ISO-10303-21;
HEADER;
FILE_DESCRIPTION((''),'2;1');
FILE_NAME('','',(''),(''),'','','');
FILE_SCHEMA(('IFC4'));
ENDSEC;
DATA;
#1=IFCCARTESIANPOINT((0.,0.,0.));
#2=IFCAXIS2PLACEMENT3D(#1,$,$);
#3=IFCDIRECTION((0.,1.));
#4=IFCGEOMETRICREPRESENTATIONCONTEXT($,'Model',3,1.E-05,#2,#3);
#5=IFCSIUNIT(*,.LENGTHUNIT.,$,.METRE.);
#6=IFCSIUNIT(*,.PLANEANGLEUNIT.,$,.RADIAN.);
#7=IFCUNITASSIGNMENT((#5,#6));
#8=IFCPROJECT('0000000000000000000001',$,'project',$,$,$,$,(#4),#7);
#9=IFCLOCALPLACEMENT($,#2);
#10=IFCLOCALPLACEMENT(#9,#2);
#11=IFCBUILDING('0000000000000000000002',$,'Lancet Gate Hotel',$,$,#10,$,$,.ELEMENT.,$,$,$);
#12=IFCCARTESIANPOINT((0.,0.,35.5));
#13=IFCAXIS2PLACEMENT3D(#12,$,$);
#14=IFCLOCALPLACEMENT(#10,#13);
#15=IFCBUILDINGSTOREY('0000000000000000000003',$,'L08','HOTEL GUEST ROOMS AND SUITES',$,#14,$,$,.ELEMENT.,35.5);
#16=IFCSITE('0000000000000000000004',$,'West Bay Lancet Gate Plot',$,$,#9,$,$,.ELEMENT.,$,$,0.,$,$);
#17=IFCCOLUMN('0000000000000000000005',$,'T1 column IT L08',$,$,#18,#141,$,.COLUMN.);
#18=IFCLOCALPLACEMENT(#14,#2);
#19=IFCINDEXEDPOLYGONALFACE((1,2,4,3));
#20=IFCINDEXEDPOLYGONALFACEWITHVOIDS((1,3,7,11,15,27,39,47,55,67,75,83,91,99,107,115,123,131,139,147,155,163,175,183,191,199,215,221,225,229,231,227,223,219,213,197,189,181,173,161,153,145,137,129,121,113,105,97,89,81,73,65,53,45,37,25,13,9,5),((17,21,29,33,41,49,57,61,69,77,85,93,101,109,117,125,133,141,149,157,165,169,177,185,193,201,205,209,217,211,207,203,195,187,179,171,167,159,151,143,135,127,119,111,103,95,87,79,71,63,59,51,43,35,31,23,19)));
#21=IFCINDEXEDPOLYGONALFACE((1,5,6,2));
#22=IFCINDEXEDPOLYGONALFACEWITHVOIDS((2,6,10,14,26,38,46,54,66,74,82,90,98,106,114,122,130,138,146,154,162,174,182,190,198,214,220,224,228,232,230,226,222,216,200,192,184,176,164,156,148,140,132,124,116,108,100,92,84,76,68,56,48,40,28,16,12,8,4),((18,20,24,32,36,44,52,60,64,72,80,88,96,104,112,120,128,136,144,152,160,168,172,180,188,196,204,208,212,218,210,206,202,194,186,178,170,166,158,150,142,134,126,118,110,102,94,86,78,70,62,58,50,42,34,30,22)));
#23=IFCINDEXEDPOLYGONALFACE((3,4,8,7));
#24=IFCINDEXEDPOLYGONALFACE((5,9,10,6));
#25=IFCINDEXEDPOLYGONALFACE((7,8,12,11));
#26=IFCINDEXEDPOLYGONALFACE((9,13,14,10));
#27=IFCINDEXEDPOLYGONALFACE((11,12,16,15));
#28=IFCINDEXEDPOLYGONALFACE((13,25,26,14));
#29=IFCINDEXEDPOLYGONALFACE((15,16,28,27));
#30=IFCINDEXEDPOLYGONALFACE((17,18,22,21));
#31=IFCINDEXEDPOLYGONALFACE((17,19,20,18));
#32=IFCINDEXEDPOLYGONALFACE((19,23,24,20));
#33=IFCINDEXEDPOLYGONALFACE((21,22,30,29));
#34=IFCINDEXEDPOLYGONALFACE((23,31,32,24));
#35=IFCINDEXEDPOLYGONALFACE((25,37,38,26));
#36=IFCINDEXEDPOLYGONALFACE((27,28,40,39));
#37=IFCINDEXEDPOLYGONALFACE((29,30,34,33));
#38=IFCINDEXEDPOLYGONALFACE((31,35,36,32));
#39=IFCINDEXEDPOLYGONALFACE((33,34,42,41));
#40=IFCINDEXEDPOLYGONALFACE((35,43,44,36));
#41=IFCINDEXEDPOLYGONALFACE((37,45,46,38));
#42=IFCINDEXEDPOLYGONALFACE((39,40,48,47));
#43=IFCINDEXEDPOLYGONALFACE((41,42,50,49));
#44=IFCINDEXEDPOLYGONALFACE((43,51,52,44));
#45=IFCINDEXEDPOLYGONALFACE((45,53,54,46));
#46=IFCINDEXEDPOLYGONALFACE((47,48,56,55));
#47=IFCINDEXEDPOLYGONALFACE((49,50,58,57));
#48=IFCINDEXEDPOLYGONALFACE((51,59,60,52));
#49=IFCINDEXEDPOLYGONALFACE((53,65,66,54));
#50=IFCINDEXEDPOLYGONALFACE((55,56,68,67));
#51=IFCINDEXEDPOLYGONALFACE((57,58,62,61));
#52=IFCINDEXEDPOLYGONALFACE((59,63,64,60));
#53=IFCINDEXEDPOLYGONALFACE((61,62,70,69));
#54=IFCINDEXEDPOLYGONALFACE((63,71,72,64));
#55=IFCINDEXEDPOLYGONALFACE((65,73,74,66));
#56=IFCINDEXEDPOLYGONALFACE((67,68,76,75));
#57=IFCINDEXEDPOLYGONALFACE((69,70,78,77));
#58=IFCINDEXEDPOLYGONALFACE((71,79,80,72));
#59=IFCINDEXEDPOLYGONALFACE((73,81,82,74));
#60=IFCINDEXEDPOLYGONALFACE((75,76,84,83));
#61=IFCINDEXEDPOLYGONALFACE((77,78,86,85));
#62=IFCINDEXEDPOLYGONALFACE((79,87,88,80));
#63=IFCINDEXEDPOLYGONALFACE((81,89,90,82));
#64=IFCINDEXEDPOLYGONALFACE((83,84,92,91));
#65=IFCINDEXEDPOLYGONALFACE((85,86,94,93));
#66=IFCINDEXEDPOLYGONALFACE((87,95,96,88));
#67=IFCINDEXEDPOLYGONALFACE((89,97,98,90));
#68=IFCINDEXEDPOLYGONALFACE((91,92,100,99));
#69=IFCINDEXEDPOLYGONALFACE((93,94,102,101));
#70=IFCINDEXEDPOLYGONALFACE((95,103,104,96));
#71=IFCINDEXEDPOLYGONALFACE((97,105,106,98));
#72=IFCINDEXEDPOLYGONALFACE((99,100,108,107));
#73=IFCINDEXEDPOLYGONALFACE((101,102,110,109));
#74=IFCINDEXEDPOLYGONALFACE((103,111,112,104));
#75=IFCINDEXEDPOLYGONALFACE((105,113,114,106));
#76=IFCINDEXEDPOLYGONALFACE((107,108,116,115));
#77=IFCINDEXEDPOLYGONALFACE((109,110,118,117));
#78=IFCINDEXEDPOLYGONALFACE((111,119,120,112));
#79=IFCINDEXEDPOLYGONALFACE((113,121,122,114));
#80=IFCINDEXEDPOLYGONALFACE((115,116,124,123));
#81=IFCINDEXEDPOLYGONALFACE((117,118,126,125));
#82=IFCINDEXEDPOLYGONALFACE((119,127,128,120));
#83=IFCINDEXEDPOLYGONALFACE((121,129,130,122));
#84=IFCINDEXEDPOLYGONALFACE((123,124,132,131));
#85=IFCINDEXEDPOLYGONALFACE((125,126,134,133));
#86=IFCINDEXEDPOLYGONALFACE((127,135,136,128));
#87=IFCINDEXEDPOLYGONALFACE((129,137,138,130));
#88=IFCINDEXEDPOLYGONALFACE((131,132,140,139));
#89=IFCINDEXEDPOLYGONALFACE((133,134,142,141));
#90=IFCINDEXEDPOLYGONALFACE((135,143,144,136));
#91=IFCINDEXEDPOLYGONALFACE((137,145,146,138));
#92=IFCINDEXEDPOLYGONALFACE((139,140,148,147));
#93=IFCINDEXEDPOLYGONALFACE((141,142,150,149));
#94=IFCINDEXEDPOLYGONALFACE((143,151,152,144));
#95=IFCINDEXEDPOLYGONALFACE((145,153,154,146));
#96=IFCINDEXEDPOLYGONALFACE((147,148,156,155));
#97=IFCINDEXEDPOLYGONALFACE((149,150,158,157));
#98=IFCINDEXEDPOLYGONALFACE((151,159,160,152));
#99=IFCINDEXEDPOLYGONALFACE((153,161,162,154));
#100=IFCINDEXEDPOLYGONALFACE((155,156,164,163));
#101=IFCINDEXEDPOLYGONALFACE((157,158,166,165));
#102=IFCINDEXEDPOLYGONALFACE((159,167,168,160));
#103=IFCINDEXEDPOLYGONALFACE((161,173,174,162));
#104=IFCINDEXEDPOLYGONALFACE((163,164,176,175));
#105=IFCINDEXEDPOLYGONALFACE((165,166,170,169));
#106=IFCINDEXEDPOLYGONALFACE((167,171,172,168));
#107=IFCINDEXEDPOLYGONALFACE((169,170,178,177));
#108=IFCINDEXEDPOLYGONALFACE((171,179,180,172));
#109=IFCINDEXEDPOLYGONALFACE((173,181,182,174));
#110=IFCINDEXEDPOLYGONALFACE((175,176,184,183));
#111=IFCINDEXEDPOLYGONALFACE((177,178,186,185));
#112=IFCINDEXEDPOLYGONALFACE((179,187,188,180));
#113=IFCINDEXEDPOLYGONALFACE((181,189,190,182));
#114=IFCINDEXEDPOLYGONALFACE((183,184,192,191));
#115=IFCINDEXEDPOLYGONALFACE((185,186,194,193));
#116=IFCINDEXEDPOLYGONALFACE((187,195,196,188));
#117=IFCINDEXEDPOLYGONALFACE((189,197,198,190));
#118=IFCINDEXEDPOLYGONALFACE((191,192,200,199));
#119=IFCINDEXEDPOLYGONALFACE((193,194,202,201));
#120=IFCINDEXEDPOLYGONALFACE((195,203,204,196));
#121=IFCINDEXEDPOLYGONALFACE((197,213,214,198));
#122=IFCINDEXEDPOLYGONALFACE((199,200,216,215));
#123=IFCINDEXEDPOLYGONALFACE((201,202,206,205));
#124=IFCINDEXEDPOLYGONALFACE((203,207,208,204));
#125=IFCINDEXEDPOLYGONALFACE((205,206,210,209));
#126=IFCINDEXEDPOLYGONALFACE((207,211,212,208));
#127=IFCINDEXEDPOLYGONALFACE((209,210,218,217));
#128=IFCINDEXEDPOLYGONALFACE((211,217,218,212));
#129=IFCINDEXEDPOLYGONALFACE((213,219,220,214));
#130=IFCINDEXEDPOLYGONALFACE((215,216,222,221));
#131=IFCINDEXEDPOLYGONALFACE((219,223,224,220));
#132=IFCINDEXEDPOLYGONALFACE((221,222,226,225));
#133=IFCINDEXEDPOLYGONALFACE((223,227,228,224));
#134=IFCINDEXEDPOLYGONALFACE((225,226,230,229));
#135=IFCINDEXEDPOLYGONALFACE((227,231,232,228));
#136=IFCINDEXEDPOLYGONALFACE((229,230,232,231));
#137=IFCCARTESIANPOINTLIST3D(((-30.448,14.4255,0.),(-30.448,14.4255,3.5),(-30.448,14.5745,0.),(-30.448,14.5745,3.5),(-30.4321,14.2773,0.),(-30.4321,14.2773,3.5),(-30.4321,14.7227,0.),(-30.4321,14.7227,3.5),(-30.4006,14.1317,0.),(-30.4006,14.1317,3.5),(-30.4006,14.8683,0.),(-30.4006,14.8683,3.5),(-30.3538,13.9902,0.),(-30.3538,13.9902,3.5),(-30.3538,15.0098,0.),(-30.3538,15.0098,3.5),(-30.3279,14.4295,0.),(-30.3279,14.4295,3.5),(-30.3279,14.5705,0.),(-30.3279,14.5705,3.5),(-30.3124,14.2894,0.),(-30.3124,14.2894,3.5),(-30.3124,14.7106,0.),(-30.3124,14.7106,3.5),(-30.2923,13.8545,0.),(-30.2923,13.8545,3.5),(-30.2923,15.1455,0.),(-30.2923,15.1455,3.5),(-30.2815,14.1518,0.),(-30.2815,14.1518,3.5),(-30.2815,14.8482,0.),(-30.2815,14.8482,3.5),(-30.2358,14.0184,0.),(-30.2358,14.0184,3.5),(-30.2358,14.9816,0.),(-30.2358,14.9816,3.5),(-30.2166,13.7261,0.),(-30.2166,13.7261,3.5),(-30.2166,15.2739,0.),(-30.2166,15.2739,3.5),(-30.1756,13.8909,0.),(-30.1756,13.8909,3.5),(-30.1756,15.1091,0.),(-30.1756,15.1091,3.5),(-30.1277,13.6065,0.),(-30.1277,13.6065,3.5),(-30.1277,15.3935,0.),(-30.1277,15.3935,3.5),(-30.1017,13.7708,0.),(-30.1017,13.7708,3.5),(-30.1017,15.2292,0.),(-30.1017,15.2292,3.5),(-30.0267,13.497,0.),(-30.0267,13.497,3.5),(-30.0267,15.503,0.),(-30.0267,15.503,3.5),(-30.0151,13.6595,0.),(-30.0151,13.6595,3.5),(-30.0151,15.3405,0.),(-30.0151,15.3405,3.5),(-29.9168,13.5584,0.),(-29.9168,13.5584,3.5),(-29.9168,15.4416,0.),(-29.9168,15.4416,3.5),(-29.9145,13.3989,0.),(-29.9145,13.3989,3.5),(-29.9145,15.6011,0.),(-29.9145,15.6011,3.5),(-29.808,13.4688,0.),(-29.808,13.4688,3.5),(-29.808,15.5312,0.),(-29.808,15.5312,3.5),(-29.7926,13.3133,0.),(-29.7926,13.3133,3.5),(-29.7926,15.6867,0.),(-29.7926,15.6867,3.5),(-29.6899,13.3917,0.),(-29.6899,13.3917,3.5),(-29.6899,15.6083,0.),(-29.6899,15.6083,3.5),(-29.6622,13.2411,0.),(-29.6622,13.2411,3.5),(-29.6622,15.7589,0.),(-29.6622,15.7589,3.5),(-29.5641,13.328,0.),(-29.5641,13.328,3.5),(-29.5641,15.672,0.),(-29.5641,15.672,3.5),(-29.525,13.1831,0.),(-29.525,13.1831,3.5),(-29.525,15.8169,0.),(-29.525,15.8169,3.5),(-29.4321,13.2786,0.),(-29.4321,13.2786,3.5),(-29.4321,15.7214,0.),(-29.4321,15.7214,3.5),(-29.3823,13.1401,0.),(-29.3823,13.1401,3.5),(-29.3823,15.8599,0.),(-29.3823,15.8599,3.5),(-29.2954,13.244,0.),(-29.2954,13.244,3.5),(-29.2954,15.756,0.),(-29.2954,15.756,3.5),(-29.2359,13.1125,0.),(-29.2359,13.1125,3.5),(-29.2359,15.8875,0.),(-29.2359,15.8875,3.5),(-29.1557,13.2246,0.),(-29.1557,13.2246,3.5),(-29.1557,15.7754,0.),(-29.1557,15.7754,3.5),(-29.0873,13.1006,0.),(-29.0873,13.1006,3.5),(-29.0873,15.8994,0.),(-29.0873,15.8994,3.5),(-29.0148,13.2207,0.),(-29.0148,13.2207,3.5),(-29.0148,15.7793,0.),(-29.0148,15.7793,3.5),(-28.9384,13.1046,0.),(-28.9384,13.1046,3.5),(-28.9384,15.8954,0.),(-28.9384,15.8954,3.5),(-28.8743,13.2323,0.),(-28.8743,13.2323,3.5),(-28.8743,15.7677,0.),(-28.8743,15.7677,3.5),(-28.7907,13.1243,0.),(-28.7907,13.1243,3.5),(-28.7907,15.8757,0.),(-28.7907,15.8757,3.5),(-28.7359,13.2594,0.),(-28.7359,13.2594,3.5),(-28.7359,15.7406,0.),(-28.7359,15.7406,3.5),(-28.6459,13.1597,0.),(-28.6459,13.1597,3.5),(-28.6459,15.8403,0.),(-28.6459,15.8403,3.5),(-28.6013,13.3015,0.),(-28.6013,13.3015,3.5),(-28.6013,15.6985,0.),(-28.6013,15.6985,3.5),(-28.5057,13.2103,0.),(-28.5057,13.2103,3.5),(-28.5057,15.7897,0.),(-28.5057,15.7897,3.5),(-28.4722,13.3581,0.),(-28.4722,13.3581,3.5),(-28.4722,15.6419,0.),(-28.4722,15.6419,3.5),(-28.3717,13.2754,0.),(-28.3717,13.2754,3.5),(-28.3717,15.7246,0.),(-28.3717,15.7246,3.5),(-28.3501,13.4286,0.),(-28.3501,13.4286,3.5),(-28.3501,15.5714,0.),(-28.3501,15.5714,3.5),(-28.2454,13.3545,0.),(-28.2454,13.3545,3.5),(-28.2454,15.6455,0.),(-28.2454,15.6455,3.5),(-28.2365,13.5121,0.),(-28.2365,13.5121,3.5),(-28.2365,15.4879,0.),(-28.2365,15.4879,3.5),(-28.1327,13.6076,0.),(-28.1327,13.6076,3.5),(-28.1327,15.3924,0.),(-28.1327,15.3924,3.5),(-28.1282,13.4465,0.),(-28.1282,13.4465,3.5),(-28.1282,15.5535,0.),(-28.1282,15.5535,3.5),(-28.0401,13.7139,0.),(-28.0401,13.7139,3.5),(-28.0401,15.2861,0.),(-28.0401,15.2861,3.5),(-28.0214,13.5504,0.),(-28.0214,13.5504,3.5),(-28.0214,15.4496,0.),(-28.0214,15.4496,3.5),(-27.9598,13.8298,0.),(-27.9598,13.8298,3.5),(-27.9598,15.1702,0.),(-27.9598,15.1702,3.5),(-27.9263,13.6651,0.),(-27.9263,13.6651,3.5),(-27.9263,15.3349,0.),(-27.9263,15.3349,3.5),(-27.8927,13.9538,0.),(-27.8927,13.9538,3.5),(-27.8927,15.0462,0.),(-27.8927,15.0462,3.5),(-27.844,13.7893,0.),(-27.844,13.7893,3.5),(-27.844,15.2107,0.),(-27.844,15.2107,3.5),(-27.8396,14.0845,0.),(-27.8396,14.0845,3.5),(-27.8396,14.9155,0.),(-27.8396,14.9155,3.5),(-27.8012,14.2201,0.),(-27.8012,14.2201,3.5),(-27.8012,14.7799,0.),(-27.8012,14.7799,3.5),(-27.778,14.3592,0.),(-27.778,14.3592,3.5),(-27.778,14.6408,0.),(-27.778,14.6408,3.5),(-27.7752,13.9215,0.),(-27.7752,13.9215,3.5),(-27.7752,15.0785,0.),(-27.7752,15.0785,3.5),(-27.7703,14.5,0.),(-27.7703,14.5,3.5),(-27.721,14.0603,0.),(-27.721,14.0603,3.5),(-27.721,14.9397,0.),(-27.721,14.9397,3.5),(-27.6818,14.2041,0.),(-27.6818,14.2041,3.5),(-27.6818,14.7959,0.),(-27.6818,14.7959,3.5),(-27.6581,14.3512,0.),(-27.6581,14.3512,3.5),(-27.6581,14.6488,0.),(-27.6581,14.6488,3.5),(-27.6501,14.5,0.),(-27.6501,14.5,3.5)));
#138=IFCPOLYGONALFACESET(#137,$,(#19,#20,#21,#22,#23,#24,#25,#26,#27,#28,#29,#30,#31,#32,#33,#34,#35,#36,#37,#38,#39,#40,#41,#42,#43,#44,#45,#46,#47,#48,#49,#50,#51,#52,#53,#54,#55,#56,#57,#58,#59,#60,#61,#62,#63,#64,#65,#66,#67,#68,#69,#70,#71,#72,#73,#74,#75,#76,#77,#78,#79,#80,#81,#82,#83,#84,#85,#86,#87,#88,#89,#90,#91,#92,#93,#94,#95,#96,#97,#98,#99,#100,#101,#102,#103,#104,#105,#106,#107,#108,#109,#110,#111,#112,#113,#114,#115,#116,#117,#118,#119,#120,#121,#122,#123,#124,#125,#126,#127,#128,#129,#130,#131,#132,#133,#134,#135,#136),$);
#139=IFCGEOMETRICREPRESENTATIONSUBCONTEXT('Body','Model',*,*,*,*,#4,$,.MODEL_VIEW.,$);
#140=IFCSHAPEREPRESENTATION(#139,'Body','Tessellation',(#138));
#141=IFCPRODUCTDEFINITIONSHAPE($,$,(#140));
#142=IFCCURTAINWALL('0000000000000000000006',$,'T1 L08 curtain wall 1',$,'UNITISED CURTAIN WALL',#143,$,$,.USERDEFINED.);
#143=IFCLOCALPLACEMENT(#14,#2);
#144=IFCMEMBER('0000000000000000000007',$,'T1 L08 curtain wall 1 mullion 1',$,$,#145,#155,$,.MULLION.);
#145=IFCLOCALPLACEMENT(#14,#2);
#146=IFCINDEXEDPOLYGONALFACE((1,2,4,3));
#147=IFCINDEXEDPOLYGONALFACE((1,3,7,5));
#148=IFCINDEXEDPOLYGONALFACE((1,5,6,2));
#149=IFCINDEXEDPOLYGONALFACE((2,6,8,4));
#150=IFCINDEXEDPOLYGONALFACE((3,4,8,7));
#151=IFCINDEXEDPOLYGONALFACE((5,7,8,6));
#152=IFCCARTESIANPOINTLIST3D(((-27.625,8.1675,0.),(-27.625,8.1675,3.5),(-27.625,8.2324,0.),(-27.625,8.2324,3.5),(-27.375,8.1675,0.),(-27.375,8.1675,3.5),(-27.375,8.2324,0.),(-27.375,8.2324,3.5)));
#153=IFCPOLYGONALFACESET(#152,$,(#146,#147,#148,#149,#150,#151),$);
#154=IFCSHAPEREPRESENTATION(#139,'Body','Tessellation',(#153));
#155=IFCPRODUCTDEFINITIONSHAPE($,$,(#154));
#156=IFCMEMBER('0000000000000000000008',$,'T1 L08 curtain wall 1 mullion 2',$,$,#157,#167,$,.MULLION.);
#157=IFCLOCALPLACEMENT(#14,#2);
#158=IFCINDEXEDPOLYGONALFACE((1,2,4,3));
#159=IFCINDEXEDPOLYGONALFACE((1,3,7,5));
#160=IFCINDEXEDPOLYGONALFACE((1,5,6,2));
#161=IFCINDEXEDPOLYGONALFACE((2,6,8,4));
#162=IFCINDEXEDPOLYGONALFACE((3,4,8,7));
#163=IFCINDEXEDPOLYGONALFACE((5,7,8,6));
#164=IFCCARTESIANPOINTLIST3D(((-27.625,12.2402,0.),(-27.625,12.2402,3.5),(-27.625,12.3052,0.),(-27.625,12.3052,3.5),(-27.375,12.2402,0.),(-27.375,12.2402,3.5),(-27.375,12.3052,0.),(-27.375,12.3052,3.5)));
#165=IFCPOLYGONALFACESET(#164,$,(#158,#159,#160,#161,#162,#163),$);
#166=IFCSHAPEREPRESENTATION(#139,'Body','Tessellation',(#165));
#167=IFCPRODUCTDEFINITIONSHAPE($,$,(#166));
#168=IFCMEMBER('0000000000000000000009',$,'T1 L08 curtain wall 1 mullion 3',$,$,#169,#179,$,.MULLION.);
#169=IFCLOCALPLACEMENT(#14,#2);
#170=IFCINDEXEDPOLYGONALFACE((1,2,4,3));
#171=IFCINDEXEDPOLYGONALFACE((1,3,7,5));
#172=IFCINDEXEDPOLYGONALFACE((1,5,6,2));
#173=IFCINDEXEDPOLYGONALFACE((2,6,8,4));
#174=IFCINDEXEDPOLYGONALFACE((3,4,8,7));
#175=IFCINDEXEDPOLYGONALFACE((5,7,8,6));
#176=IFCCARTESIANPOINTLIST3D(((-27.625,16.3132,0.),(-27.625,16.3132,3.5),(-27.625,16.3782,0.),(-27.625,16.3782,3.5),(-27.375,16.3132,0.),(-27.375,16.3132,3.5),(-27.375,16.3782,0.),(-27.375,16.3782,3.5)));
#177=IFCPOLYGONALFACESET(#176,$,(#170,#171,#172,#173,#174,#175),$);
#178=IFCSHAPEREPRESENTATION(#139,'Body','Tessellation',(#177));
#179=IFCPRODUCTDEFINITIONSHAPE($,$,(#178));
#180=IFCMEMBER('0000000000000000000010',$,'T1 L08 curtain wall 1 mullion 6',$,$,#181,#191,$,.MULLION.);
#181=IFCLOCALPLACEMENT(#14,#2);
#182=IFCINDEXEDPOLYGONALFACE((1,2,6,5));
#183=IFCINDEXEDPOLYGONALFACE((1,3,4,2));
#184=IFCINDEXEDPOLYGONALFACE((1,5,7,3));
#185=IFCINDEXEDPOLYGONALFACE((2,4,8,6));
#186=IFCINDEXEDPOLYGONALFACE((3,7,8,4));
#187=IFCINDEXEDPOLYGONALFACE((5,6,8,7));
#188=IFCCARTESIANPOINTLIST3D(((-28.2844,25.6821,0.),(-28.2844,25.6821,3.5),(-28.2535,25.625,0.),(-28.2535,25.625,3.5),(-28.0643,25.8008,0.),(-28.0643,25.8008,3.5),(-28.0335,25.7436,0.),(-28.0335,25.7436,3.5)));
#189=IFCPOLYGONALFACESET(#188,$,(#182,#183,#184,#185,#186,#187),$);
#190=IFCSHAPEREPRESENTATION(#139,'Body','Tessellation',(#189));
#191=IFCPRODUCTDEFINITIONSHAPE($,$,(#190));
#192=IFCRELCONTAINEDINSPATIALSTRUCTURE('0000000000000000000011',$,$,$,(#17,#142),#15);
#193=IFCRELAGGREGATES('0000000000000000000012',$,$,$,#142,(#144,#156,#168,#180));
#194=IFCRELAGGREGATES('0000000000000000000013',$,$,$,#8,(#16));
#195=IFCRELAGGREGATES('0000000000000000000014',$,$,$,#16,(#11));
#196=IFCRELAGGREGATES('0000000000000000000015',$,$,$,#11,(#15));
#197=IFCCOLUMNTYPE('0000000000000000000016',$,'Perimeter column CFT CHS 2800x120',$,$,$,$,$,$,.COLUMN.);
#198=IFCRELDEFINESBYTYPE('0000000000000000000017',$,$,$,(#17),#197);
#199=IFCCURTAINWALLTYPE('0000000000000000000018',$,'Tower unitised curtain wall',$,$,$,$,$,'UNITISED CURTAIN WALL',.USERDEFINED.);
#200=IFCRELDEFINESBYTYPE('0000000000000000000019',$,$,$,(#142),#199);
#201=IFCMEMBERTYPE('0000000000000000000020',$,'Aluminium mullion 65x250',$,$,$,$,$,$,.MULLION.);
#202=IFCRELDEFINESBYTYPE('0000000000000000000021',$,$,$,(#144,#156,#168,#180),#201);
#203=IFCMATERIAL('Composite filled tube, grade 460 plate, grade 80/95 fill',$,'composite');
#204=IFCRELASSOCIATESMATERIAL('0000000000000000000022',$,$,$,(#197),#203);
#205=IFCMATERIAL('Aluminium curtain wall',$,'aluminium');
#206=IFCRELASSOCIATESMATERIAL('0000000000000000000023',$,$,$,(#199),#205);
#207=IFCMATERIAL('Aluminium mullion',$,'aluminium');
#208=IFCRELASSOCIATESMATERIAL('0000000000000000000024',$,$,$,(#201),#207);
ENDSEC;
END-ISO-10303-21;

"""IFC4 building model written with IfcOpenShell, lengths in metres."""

from ifc_helpers import new_model, si_unit, direction, frame, origin, origin_2d, place, context, subcontext, project, spatial, rectangle, hollow_circle, extrude, material, material_profile, profile_set, type_object, element, aggregate, save


model = new_model("IFC4")

# Units and contexts
model_context = context("Model", 3, precision=1e-05, world=origin(), true_north=direction((0.0, 1.0)))
body_context = subcontext(model_context, "Body", "Model", "MODEL_VIEW")
ifc_project = project(units=[si_unit("LENGTHUNIT", "METRE"), si_unit("PLANEANGLEUNIT", "RADIAN")], contexts=[model_context])

# Site, building, storey
site_placement = place(None, origin())
site = spatial("IfcSite", under=ifc_project, at=site_placement, Name="West Bay Lancet Gate Plot", CompositionType="ELEMENT", RefElevation=0.0)
building_placement = place(site_placement, origin())
building = spatial("IfcBuilding", under=site, at=building_placement, Name="Lancet Gate Hotel", CompositionType="ELEMENT")
storey_placement = place(building_placement, frame((0.0, 0.0, 35.5)))
storey = spatial("IfcBuildingStorey", under=building, at=storey_placement, Name="L08", Description="HOTEL GUEST ROOMS AND SUITES", CompositionType="ELEMENT", Elevation=35.5)

# Column
ifc_material_1 = material(Name="Composite filled tube, grade 460 plate, grade 80/95 fill", Category="composite")
ifc_material_profile_1 = material_profile(ifc_material_1, hollow_circle(Radius=1.3999, WallThickness=0.1201, at=origin_2d()), Name="CHS 2800x120")
ifc_profile_set_1 = profile_set([ifc_material_profile_1], Name="Composite filled tube, grade 460 plate, grade 80/95 fill")
column_type = type_object("IfcColumnType", Name="Perimeter column CFT CHS 2800x120", PredefinedType="COLUMN", material=ifc_profile_set_1)
for number, where, z_axis, x_axis, name in (
    (1, (-29.05, 14.5, 0.0), (0.0, 0.0, 1.0), (1.0, 0.0, 0.0), "T1 column IT L08"),
):
    element("IfcColumn", number, at=place(storey_placement, frame(where, z_axis=z_axis, x_axis=x_axis)), inside=storey, type_object=column_type, Name=name, PredefinedType="COLUMN", context=body_context, shape_type="SweptSolid", body=[
        extrude(hollow_circle(Radius=1.3999, WallThickness=0.1201, at=origin_2d()), origin(), (0.0, 0.0, 1.0), 3.5),
    ])

# Curtain wall, members
ifc_material_2 = material(Name="Aluminium curtain wall", Category="aluminium")
curtain_wall_type = type_object("IfcCurtainWallType", Name="Tower unitised curtain wall", ElementType="UNITISED CURTAIN WALL", PredefinedType="USERDEFINED", material=ifc_material_2)
curtain_wall_placement = place(storey_placement, origin())
curtain_wall = element("IfcCurtainWall", 2, at=curtain_wall_placement, inside=storey, type_object=curtain_wall_type, Name="T1 L08 curtain wall 1", ObjectType="UNITISED CURTAIN WALL", PredefinedType="USERDEFINED")
ifc_material_3 = material(Name="Aluminium mullion", Category="aluminium")
ifc_material_profile_2 = material_profile(ifc_material_3, rectangle(XDim=0.0649, YDim=0.25, at=origin_2d()), Name="MULLION 65x250")
ifc_profile_set_2 = profile_set([ifc_material_profile_2], Name="Aluminium mullion")
member_type_1 = type_object("IfcMemberType", Name="Aluminium mullion 65x250", PredefinedType="MULLION", material=ifc_profile_set_2)
member_1_placement = place(storey_placement, frame((-27.5, 8.2, 0.0), z_axis=(0.0, 0.0, 1.0), x_axis=(0.0, 1.0, 0.0)))
member_1 = element("IfcMember", 3, at=member_1_placement, type_object=member_type_1, Name="T1 L08 curtain wall 1 mullion 1", PredefinedType="MULLION", context=body_context, shape_type="SweptSolid", body=[
    extrude(rectangle(XDim=0.0649, YDim=0.25, at=origin_2d()), origin(), (0.0, 0.0, 1.0), 3.5),
])
member_2_placement = place(storey_placement, frame((-27.5, 12.2727, 0.0), z_axis=(0.0, 0.0, 1.0), x_axis=(0.0, 1.0, 0.0)))
member_2 = element("IfcMember", 4, at=member_2_placement, type_object=member_type_1, Name="T1 L08 curtain wall 1 mullion 2", PredefinedType="MULLION", context=body_context, shape_type="SweptSolid", body=[
    extrude(rectangle(XDim=0.0649, YDim=0.25, at=origin_2d()), origin(), (0.0, 0.0, 1.0), 3.5),
])
member_3_placement = place(storey_placement, frame((-27.5, 16.3457, 0.0), z_axis=(0.0, 0.0, 1.0), x_axis=(0.0, 1.0, 0.0)))
member_3 = element("IfcMember", 5, at=member_3_placement, type_object=member_type_1, Name="T1 L08 curtain wall 1 mullion 3", PredefinedType="MULLION", context=body_context, shape_type="SweptSolid", body=[
    extrude(rectangle(XDim=0.0649, YDim=0.25, at=origin_2d()), origin(), (0.0, 0.0, 1.0), 3.5),
])
member_4_placement = place(storey_placement, frame((-28.1589, 25.7129, 0.0), z_axis=(0.0, 0.0, 1.0), x_axis=(-0.474631, 0.880185, 0.0)))
member_4 = element("IfcMember", 6, at=member_4_placement, type_object=member_type_1, Name="T1 L08 curtain wall 1 mullion 6", PredefinedType="MULLION", context=body_context, shape_type="SweptSolid", body=[
    extrude(rectangle(XDim=0.0649, YDim=0.25, at=origin_2d()), origin(), (0.0, 0.0, 1.0), 3.5),
])

aggregate(curtain_wall, [member_1, member_2, member_3, member_4])

save(model, "model.ifc")
